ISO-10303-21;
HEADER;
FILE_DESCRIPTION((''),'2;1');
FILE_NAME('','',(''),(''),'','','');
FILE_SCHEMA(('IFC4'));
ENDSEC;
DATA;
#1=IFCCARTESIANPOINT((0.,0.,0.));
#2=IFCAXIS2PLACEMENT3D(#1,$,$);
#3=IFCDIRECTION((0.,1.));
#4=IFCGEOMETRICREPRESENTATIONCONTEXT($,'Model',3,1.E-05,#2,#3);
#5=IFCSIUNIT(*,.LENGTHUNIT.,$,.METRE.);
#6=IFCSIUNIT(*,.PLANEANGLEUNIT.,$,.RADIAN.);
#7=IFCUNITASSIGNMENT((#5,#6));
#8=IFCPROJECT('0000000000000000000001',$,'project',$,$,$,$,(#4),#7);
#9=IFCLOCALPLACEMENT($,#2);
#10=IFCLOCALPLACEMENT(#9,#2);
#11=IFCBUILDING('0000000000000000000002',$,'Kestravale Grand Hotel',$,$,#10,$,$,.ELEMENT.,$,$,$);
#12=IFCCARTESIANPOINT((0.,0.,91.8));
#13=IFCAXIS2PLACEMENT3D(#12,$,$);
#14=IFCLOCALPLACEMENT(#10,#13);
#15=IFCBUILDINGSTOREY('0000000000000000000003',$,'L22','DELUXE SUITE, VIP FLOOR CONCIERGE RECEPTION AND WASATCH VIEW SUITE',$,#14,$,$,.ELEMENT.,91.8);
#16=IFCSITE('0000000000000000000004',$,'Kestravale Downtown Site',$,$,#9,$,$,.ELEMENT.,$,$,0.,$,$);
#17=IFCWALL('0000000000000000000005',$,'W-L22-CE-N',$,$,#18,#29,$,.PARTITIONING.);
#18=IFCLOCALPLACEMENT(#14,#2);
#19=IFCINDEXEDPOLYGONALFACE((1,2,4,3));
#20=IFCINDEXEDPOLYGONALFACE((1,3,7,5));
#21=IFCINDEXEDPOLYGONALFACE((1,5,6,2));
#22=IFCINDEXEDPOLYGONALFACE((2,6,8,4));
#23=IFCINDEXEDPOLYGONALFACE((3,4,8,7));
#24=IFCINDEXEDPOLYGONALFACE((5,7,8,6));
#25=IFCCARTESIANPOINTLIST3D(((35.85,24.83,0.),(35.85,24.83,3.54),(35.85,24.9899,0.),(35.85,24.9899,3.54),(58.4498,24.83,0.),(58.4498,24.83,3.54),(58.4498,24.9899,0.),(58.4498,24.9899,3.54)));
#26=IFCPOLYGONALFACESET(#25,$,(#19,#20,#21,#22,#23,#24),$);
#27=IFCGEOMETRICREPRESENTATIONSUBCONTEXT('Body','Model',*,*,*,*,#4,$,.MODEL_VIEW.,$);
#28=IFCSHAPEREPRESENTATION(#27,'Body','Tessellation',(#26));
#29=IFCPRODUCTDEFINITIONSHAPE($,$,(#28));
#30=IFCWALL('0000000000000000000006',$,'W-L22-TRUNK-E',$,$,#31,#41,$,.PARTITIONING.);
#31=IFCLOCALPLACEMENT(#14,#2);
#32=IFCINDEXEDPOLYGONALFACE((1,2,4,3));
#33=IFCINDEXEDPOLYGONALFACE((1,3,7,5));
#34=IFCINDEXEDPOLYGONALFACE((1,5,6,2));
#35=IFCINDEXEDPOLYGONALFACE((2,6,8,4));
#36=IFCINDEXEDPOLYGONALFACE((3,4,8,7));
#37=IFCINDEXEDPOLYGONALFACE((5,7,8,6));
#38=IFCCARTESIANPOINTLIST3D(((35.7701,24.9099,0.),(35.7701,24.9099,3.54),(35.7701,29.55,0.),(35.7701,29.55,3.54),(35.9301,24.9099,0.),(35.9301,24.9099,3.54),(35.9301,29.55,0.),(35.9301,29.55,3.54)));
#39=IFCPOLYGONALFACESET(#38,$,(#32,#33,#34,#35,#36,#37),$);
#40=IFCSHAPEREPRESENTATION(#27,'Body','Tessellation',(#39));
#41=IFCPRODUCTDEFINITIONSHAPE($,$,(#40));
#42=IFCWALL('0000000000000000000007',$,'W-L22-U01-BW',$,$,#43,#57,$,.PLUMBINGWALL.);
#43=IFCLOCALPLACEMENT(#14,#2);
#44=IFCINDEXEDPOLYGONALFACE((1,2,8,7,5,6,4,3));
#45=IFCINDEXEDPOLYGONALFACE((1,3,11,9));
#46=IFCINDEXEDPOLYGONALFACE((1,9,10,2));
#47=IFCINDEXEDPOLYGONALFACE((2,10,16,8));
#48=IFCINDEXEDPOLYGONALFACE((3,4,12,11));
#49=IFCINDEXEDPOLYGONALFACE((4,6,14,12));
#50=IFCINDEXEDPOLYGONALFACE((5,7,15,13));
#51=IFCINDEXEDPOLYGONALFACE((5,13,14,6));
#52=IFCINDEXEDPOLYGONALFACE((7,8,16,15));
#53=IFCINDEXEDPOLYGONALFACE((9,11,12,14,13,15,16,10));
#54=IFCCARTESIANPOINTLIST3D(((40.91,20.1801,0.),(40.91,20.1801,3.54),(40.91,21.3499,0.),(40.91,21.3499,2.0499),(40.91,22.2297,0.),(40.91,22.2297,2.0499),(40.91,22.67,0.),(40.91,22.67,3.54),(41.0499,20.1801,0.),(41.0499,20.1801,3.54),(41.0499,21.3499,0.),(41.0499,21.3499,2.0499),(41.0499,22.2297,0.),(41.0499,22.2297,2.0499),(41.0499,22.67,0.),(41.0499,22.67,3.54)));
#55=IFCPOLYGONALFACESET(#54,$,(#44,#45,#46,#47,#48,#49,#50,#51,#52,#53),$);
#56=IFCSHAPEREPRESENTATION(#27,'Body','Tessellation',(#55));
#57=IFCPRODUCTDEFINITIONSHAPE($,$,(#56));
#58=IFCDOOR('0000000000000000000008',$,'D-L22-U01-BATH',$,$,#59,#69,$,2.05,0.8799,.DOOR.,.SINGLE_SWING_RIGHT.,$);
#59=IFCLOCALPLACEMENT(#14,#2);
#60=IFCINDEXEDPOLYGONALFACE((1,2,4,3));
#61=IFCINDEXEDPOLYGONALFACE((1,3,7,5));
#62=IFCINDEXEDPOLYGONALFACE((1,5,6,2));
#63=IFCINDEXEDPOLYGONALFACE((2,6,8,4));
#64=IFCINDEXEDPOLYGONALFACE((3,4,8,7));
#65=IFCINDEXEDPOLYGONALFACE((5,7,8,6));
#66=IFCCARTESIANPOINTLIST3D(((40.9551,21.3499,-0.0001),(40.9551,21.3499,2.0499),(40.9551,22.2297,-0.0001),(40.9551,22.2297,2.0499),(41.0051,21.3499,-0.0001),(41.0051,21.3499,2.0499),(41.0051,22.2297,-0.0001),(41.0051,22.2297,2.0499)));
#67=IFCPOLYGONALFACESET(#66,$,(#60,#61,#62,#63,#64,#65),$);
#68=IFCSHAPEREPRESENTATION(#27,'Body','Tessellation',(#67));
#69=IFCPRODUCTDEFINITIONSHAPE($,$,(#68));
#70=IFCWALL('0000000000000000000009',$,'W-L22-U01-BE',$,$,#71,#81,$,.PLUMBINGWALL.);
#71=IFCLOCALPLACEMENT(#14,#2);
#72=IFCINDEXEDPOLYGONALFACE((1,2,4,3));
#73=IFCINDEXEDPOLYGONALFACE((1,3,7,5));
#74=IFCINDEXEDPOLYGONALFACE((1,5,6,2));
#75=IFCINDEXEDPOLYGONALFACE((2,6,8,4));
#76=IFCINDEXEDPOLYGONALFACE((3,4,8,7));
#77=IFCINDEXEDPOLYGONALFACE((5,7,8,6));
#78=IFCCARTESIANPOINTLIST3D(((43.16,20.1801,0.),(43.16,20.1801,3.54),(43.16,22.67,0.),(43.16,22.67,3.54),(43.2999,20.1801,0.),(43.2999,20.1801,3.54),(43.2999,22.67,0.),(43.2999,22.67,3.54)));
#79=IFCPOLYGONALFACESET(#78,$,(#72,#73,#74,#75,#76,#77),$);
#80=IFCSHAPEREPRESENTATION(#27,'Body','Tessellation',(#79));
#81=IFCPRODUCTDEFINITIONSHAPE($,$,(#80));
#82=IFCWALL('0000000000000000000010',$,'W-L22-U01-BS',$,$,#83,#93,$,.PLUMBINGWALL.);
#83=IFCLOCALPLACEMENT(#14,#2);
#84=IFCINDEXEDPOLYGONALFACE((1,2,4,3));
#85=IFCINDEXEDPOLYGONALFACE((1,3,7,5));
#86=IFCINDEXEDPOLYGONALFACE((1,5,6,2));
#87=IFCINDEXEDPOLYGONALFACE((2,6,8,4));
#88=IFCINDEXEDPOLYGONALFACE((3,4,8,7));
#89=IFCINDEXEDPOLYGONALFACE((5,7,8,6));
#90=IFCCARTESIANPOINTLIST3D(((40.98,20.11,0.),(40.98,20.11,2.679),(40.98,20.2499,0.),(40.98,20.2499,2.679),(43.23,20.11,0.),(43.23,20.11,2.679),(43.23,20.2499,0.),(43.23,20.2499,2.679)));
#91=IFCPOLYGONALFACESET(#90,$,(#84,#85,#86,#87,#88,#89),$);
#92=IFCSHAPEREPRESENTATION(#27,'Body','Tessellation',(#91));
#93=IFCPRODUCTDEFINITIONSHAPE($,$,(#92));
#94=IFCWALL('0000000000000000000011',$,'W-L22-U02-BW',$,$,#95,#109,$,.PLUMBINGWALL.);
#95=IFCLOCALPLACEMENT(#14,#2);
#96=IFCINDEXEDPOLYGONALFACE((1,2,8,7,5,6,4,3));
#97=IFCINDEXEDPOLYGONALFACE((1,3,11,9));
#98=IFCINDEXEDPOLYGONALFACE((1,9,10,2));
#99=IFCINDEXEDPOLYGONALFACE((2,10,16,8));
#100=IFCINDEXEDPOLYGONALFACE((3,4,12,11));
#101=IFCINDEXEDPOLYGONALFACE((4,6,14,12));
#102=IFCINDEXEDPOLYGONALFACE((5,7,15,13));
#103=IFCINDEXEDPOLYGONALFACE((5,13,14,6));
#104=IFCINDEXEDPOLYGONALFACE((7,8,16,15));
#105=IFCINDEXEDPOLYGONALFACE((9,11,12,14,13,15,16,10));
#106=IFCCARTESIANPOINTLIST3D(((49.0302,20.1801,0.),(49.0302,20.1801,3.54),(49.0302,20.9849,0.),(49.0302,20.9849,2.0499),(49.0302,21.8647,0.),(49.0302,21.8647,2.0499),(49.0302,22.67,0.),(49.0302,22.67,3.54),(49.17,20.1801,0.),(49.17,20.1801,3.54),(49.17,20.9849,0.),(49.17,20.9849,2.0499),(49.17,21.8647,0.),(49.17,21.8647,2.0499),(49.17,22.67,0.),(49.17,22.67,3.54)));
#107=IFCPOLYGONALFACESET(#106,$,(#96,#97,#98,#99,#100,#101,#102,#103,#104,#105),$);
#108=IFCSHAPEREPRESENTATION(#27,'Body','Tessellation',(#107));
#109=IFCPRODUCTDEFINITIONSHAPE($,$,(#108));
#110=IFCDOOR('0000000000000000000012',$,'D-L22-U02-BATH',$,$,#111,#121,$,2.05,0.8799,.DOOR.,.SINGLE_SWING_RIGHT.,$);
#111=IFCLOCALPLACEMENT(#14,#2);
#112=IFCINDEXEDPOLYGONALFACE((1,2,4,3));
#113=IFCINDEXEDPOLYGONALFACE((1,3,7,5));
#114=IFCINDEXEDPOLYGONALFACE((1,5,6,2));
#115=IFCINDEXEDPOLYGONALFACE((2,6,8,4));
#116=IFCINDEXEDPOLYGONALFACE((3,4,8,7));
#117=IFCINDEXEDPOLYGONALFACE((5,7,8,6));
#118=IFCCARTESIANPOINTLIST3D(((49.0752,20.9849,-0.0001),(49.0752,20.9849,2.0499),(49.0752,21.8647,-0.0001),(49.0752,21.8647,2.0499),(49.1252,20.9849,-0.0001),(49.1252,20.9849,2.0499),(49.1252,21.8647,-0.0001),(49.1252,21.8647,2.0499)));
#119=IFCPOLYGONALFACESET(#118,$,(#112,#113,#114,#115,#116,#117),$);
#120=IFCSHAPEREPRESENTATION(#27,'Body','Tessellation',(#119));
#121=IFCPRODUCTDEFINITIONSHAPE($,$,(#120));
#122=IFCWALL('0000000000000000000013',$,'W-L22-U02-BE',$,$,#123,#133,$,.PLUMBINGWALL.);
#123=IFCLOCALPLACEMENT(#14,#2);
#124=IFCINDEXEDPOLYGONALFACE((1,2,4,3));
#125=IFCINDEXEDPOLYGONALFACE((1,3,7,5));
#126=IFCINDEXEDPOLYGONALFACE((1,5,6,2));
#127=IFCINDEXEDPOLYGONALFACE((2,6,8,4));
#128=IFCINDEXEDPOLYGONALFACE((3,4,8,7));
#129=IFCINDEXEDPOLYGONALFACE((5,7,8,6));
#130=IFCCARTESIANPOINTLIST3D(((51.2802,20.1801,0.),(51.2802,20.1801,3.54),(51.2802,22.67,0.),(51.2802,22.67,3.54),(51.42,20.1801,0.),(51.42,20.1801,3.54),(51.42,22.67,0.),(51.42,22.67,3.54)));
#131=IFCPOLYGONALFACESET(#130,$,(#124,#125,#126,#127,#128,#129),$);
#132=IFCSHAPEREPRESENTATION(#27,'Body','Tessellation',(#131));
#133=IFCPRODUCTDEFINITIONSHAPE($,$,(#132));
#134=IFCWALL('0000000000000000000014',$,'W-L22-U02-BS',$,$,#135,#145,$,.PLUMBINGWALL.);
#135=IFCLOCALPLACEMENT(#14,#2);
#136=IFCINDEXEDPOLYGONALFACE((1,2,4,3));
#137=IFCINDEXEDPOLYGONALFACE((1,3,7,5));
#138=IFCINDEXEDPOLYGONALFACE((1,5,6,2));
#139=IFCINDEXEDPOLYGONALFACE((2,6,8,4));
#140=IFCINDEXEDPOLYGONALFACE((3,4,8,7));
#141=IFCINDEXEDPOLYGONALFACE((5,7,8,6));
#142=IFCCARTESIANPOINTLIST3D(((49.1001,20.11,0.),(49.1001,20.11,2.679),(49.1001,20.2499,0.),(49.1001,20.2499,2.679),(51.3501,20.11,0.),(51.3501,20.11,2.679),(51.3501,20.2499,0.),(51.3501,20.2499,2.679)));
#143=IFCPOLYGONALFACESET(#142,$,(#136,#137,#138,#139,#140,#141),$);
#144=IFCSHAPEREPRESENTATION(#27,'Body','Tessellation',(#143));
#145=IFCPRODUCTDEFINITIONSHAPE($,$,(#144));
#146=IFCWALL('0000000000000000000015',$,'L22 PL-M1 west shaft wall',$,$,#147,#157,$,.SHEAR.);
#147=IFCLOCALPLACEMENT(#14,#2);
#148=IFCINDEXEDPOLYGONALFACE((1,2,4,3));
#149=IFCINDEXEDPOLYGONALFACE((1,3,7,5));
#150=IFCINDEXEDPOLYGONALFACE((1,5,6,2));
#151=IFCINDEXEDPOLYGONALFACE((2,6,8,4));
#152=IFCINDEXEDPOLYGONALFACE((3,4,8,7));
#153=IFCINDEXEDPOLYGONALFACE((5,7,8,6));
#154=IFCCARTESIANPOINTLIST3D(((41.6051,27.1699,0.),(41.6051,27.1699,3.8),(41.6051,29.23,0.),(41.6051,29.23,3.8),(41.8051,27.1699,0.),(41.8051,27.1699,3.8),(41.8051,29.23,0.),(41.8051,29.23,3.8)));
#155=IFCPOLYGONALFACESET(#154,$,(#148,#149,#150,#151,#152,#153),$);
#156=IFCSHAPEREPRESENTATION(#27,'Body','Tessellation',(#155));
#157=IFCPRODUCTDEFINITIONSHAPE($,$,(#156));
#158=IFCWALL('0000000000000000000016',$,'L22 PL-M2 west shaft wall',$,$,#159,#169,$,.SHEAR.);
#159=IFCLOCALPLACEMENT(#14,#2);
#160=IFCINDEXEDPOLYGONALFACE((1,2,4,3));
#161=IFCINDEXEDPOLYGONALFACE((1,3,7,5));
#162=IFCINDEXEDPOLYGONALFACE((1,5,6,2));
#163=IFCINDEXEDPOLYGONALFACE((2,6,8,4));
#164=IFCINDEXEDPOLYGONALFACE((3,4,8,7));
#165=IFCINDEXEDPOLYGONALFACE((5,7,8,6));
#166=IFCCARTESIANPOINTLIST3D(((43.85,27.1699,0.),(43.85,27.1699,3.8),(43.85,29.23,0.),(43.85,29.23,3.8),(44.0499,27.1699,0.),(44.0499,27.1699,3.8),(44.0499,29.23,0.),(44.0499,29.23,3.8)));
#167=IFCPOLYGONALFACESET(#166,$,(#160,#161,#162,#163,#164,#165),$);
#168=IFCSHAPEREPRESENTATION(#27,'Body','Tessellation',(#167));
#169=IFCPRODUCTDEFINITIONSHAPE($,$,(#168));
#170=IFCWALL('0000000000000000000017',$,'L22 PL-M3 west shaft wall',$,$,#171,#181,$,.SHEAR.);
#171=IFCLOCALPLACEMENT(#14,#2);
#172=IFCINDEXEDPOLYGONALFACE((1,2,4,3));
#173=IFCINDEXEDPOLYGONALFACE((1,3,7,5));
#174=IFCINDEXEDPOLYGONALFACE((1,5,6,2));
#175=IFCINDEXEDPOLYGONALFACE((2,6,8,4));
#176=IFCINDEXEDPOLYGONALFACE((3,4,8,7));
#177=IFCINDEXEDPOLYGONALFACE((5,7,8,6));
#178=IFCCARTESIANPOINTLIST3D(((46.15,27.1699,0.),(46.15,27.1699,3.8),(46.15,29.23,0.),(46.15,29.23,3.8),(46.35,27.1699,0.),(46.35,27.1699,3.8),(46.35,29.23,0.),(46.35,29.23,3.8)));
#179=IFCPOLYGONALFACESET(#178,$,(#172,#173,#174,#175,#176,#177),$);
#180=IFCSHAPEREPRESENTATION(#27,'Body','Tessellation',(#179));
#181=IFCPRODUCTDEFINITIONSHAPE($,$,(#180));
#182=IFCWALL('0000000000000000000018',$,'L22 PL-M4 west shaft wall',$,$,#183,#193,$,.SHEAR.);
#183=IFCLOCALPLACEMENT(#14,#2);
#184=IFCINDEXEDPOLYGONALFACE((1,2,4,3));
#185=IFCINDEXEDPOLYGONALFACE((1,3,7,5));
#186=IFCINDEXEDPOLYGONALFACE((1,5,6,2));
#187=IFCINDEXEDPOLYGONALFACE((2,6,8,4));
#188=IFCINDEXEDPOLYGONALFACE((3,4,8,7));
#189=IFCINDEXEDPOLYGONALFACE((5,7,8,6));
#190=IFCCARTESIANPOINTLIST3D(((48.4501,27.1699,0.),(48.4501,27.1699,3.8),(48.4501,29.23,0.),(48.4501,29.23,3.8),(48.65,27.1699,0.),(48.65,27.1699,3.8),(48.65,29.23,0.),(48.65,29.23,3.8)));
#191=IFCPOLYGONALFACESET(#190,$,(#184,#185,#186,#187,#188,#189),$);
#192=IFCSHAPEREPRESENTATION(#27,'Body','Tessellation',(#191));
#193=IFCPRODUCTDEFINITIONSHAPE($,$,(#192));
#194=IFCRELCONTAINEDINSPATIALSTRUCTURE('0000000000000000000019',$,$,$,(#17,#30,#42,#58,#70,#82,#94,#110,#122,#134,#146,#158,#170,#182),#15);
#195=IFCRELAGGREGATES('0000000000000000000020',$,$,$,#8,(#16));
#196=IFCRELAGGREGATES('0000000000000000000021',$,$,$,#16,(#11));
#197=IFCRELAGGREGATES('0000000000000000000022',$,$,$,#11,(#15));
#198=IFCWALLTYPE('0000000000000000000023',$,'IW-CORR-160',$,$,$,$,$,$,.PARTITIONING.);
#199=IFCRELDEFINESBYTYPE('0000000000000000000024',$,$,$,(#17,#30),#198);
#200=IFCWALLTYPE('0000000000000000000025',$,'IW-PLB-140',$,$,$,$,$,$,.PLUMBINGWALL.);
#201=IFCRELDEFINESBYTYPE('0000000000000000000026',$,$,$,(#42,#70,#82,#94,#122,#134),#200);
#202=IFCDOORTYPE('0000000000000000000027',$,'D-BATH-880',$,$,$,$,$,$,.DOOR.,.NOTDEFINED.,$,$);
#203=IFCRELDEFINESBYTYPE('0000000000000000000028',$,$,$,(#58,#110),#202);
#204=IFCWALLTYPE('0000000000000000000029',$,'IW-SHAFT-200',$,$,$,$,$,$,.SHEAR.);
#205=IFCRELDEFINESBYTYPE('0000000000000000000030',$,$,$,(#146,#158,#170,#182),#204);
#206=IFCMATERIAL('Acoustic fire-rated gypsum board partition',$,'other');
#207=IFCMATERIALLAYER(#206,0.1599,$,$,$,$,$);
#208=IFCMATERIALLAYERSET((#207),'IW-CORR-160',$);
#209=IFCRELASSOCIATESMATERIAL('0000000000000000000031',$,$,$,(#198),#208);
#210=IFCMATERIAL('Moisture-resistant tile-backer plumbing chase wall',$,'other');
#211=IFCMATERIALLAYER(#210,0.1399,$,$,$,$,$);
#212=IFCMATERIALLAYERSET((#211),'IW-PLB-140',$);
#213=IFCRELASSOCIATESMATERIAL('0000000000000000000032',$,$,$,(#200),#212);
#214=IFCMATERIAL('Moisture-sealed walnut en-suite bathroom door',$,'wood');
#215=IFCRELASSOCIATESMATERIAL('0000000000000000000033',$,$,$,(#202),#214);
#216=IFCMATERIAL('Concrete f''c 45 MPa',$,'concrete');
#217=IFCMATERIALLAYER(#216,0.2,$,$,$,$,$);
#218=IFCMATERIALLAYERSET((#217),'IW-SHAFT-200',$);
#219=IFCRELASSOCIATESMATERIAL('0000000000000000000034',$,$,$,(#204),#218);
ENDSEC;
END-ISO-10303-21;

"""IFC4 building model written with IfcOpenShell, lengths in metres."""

from ifc_helpers import new_model, si_unit, direction, frame, frame_2d, origin, place, context, subcontext, project, spatial, rectangle, extrude, material, layer, layer_set, type_object, element, fill, save


model = new_model("IFC4")

# Units and contexts
model_context = context("Model", 3, precision=1e-05, world=origin(), true_north=direction((0.0, 1.0)))
body_context = subcontext(model_context, "Body", "Model", "MODEL_VIEW")
ifc_project = project(units=[si_unit("LENGTHUNIT", "METRE"), si_unit("PLANEANGLEUNIT", "RADIAN")], contexts=[model_context])

# Site, building, storey
site_placement = place(None, origin())
site = spatial("IfcSite", under=ifc_project, at=site_placement, Name="Kestravale Downtown Site", CompositionType="ELEMENT", RefElevation=0.0)
building_placement = place(site_placement, origin())
building = spatial("IfcBuilding", under=site, at=building_placement, Name="Kestravale Grand Hotel", CompositionType="ELEMENT")
storey_placement = place(building_placement, frame((0.0, 0.0, 91.8)))
storey = spatial("IfcBuildingStorey", under=building, at=storey_placement, Name="L22", Description="DELUXE SUITE, VIP FLOOR CONCIERGE RECEPTION AND WASATCH VIEW SUITE", CompositionType="ELEMENT", Elevation=91.8)

# Walls
ifc_material_1 = material(Name="Acoustic fire-rated gypsum board partition", Category="other")
ifc_layer_1 = layer(ifc_material_1, 0.1599)
ifc_layer_set_1 = layer_set([ifc_layer_1], Name="IW-CORR-160")
wall_type_1 = type_object("IfcWallType", Name="IW-CORR-160", PredefinedType="PARTITIONING", material=ifc_layer_set_1)
wall_1_placement = place(storey_placement, frame((35.8501, 24.9099, 0.0), z_axis=(0.0, 0.0, 1.0), x_axis=(1.0, 0.0, 0.0)))
element("IfcWall", 1, at=wall_1_placement, inside=storey, type_object=wall_type_1, Name="W-L22-CE-N", PredefinedType="PARTITIONING", context=body_context, shape_type="SweptSolid", body=[
    extrude(rectangle(XDim=22.5999, YDim=0.1599, at=frame_2d((11.2998, 0.0))), origin(), (0.0, 0.0, 1.0), 3.54),
])
wall_2_placement = place(storey_placement, frame((35.8501, 24.9099, 0.0), z_axis=(0.0, 0.0, 1.0), x_axis=(0.0, 1.0, 0.0)))
element("IfcWall", 2, at=wall_2_placement, inside=storey, type_object=wall_type_1, Name="W-L22-TRUNK-E", PredefinedType="PARTITIONING", context=body_context, shape_type="SweptSolid", body=[
    extrude(rectangle(XDim=4.6401, YDim=0.1599, at=frame_2d((2.3201, 0.0))), origin(), (0.0, 0.0, 1.0), 3.54),
])

# Wall, opening, door
ifc_material_2 = material(Name="Moisture-resistant tile-backer plumbing chase wall", Category="other")
ifc_layer_2 = layer(ifc_material_2, 0.1399)
ifc_layer_set_2 = layer_set([ifc_layer_2], Name="IW-PLB-140")
wall_type_2 = type_object("IfcWallType", Name="IW-PLB-140", PredefinedType="PLUMBINGWALL", material=ifc_layer_set_2)
wall_3_placement = place(storey_placement, frame((40.98, 20.1799, 0.0), z_axis=(0.0, 0.0, 1.0), x_axis=(0.0, 1.0, 0.0)))
wall_3 = element("IfcWall", 3, at=wall_3_placement, inside=storey, type_object=wall_type_2, Name="W-L22-U01-BW", PredefinedType="PLUMBINGWALL", context=body_context, shape_type="SweptSolid", body=[
    extrude(rectangle(XDim=2.49, YDim=0.1399, at=frame_2d((1.2451, 0.0))), origin(), (0.0, 0.0, 1.0), 3.54),
])
opening_1_placement = place(wall_3_placement, frame((1.1699, 0.0, 0.0)))
opening_1 = element("IfcOpeningElement", 4, at=opening_1_placement, cuts=wall_3, PredefinedType="OPENING", context=body_context, shape_type="SweptSolid", body=[
    extrude(rectangle(XDim=0.8799, YDim=2.05, at=frame_2d((0.4399, 1.0249))), frame((0.0, 0.0798, 0.0), z_axis=(0.0, -1.0, 0.0), x_axis=(1.0, 0.0, 0.0)), (0.0, 0.0, 1.0), 0.1599),
])
ifc_material_3 = material(Name="Moisture-sealed walnut en-suite bathroom door", Category="wood")
door_type = type_object("IfcDoorType", Name="D-BATH-880", OperationType="NOTDEFINED", PredefinedType="DOOR", material=ifc_material_3)
door_1_placement = place(opening_1_placement, origin())
door_1 = element("IfcDoor", 5, at=door_1_placement, inside=storey, type_object=door_type, Name="D-L22-U01-BATH", OperationType="SINGLE_SWING_RIGHT", OverallHeight=2.05, OverallWidth=0.8799, PredefinedType="DOOR", context=body_context, shape_type="SweptSolid", body=[
    extrude(rectangle(XDim=0.8799, YDim=2.05, at=frame_2d((0.4399, 1.0249))), frame((0.0, 0.0249, 0.0), z_axis=(0.0, -1.0, 0.0), x_axis=(1.0, 0.0, 0.0)), (0.0, 0.0, 1.0), 0.05),
])
fill(opening_1, door_1)

# Walls
wall_4_placement = place(storey_placement, frame((43.23, 20.1799, 0.0), z_axis=(0.0, 0.0, 1.0), x_axis=(0.0, 1.0, 0.0)))
element("IfcWall", 6, at=wall_4_placement, inside=storey, type_object=wall_type_2, Name="W-L22-U01-BE", PredefinedType="PLUMBINGWALL", context=body_context, shape_type="SweptSolid", body=[
    extrude(rectangle(XDim=2.49, YDim=0.1399, at=frame_2d((1.2451, 0.0))), origin(), (0.0, 0.0, 1.0), 3.54),
])
wall_5_placement = place(storey_placement, frame((40.98, 20.1799, 0.0), z_axis=(0.0, 0.0, 1.0), x_axis=(1.0, 0.0, 0.0)))
element("IfcWall", 7, at=wall_5_placement, inside=storey, type_object=wall_type_2, Name="W-L22-U01-BS", PredefinedType="PLUMBINGWALL", context=body_context, shape_type="SweptSolid", body=[
    extrude(rectangle(XDim=2.25, YDim=0.1399, at=frame_2d((1.125, 0.0))), origin(), (0.0, 0.0, 1.0), 2.679),
])

# Wall, opening, door
wall_6_placement = place(storey_placement, frame((49.1001, 20.1799, 0.0), z_axis=(0.0, 0.0, 1.0), x_axis=(0.0, 1.0, 0.0)))
wall_6 = element("IfcWall", 8, at=wall_6_placement, inside=storey, type_object=wall_type_2, Name="W-L22-U02-BW", PredefinedType="PLUMBINGWALL", context=body_context, shape_type="SweptSolid", body=[
    extrude(rectangle(XDim=2.49, YDim=0.1399, at=frame_2d((1.2451, 0.0))), origin(), (0.0, 0.0, 1.0), 3.54),
])
opening_2_placement = place(wall_6_placement, frame((0.8049, 0.0, 0.0)))
opening_2 = element("IfcOpeningElement", 9, at=opening_2_placement, cuts=wall_6, PredefinedType="OPENING", context=body_context, shape_type="SweptSolid", body=[
    extrude(rectangle(XDim=0.8799, YDim=2.05, at=frame_2d((0.4399, 1.0249))), frame((0.0, 0.0798, 0.0), z_axis=(0.0, -1.0, 0.0), x_axis=(1.0, 0.0, 0.0)), (0.0, 0.0, 1.0), 0.1599),
])
door_2_placement = place(opening_2_placement, origin())
door_2 = element("IfcDoor", 10, at=door_2_placement, inside=storey, type_object=door_type, Name="D-L22-U02-BATH", OperationType="SINGLE_SWING_RIGHT", OverallHeight=2.05, OverallWidth=0.8799, PredefinedType="DOOR", context=body_context, shape_type="SweptSolid", body=[
    extrude(rectangle(XDim=0.8799, YDim=2.05, at=frame_2d((0.4399, 1.0249))), frame((0.0, 0.0249, 0.0), z_axis=(0.0, -1.0, 0.0), x_axis=(1.0, 0.0, 0.0)), (0.0, 0.0, 1.0), 0.05),
])
fill(opening_2, door_2)

# Walls
wall_7_placement = place(storey_placement, frame((51.3501, 20.1799, 0.0), z_axis=(0.0, 0.0, 1.0), x_axis=(0.0, 1.0, 0.0)))
element("IfcWall", 11, at=wall_7_placement, inside=storey, type_object=wall_type_2, Name="W-L22-U02-BE", PredefinedType="PLUMBINGWALL", context=body_context, shape_type="SweptSolid", body=[
    extrude(rectangle(XDim=2.49, YDim=0.1399, at=frame_2d((1.2451, 0.0))), origin(), (0.0, 0.0, 1.0), 3.54),
])
wall_8_placement = place(storey_placement, frame((49.1001, 20.1799, 0.0), z_axis=(0.0, 0.0, 1.0), x_axis=(1.0, 0.0, 0.0)))
element("IfcWall", 12, at=wall_8_placement, inside=storey, type_object=wall_type_2, Name="W-L22-U02-BS", PredefinedType="PLUMBINGWALL", context=body_context, shape_type="SweptSolid", body=[
    extrude(rectangle(XDim=2.25, YDim=0.1399, at=frame_2d((1.125, 0.0))), origin(), (0.0, 0.0, 1.0), 2.679),
])
ifc_material_4 = material(Name="Concrete f'c 45 MPa", Category="concrete")
ifc_layer_3 = layer(ifc_material_4, 0.2)
ifc_layer_set_3 = layer_set([ifc_layer_3], Name="IW-SHAFT-200")
wall_type_3 = type_object("IfcWallType", Name="IW-SHAFT-200", PredefinedType="SHEAR", material=ifc_layer_set_3)
for number, where, z_axis, x_axis, name in (
    (13, (41.7051, 27.1699, 0.0), (0.0, 0.0, 1.0), (0.0, 1.0, 0.0), "L22 PL-M1 west shaft wall"),
    (14, (43.95, 27.1699, 0.0), (0.0, 0.0, 1.0), (0.0, 1.0, 0.0), "L22 PL-M2 west shaft wall"),
    (15, (46.25, 27.1699, 0.0), (0.0, 0.0, 1.0), (0.0, 1.0, 0.0), "L22 PL-M3 west shaft wall"),
    (16, (48.55, 27.1699, 0.0), (0.0, 0.0, 1.0), (0.0, 1.0, 0.0), "L22 PL-M4 west shaft wall"),
):
    element("IfcWall", number, at=place(storey_placement, frame(where, z_axis=z_axis, x_axis=x_axis)), inside=storey, type_object=wall_type_3, Name=name, PredefinedType="SHEAR", context=body_context, shape_type="SweptSolid", body=[
        extrude(rectangle(XDim=2.0601, YDim=0.2, at=frame_2d((1.03, 0.0))), origin(), (0.0, 0.0, 1.0), 3.8),
    ])

save(model, "model.ifc")
